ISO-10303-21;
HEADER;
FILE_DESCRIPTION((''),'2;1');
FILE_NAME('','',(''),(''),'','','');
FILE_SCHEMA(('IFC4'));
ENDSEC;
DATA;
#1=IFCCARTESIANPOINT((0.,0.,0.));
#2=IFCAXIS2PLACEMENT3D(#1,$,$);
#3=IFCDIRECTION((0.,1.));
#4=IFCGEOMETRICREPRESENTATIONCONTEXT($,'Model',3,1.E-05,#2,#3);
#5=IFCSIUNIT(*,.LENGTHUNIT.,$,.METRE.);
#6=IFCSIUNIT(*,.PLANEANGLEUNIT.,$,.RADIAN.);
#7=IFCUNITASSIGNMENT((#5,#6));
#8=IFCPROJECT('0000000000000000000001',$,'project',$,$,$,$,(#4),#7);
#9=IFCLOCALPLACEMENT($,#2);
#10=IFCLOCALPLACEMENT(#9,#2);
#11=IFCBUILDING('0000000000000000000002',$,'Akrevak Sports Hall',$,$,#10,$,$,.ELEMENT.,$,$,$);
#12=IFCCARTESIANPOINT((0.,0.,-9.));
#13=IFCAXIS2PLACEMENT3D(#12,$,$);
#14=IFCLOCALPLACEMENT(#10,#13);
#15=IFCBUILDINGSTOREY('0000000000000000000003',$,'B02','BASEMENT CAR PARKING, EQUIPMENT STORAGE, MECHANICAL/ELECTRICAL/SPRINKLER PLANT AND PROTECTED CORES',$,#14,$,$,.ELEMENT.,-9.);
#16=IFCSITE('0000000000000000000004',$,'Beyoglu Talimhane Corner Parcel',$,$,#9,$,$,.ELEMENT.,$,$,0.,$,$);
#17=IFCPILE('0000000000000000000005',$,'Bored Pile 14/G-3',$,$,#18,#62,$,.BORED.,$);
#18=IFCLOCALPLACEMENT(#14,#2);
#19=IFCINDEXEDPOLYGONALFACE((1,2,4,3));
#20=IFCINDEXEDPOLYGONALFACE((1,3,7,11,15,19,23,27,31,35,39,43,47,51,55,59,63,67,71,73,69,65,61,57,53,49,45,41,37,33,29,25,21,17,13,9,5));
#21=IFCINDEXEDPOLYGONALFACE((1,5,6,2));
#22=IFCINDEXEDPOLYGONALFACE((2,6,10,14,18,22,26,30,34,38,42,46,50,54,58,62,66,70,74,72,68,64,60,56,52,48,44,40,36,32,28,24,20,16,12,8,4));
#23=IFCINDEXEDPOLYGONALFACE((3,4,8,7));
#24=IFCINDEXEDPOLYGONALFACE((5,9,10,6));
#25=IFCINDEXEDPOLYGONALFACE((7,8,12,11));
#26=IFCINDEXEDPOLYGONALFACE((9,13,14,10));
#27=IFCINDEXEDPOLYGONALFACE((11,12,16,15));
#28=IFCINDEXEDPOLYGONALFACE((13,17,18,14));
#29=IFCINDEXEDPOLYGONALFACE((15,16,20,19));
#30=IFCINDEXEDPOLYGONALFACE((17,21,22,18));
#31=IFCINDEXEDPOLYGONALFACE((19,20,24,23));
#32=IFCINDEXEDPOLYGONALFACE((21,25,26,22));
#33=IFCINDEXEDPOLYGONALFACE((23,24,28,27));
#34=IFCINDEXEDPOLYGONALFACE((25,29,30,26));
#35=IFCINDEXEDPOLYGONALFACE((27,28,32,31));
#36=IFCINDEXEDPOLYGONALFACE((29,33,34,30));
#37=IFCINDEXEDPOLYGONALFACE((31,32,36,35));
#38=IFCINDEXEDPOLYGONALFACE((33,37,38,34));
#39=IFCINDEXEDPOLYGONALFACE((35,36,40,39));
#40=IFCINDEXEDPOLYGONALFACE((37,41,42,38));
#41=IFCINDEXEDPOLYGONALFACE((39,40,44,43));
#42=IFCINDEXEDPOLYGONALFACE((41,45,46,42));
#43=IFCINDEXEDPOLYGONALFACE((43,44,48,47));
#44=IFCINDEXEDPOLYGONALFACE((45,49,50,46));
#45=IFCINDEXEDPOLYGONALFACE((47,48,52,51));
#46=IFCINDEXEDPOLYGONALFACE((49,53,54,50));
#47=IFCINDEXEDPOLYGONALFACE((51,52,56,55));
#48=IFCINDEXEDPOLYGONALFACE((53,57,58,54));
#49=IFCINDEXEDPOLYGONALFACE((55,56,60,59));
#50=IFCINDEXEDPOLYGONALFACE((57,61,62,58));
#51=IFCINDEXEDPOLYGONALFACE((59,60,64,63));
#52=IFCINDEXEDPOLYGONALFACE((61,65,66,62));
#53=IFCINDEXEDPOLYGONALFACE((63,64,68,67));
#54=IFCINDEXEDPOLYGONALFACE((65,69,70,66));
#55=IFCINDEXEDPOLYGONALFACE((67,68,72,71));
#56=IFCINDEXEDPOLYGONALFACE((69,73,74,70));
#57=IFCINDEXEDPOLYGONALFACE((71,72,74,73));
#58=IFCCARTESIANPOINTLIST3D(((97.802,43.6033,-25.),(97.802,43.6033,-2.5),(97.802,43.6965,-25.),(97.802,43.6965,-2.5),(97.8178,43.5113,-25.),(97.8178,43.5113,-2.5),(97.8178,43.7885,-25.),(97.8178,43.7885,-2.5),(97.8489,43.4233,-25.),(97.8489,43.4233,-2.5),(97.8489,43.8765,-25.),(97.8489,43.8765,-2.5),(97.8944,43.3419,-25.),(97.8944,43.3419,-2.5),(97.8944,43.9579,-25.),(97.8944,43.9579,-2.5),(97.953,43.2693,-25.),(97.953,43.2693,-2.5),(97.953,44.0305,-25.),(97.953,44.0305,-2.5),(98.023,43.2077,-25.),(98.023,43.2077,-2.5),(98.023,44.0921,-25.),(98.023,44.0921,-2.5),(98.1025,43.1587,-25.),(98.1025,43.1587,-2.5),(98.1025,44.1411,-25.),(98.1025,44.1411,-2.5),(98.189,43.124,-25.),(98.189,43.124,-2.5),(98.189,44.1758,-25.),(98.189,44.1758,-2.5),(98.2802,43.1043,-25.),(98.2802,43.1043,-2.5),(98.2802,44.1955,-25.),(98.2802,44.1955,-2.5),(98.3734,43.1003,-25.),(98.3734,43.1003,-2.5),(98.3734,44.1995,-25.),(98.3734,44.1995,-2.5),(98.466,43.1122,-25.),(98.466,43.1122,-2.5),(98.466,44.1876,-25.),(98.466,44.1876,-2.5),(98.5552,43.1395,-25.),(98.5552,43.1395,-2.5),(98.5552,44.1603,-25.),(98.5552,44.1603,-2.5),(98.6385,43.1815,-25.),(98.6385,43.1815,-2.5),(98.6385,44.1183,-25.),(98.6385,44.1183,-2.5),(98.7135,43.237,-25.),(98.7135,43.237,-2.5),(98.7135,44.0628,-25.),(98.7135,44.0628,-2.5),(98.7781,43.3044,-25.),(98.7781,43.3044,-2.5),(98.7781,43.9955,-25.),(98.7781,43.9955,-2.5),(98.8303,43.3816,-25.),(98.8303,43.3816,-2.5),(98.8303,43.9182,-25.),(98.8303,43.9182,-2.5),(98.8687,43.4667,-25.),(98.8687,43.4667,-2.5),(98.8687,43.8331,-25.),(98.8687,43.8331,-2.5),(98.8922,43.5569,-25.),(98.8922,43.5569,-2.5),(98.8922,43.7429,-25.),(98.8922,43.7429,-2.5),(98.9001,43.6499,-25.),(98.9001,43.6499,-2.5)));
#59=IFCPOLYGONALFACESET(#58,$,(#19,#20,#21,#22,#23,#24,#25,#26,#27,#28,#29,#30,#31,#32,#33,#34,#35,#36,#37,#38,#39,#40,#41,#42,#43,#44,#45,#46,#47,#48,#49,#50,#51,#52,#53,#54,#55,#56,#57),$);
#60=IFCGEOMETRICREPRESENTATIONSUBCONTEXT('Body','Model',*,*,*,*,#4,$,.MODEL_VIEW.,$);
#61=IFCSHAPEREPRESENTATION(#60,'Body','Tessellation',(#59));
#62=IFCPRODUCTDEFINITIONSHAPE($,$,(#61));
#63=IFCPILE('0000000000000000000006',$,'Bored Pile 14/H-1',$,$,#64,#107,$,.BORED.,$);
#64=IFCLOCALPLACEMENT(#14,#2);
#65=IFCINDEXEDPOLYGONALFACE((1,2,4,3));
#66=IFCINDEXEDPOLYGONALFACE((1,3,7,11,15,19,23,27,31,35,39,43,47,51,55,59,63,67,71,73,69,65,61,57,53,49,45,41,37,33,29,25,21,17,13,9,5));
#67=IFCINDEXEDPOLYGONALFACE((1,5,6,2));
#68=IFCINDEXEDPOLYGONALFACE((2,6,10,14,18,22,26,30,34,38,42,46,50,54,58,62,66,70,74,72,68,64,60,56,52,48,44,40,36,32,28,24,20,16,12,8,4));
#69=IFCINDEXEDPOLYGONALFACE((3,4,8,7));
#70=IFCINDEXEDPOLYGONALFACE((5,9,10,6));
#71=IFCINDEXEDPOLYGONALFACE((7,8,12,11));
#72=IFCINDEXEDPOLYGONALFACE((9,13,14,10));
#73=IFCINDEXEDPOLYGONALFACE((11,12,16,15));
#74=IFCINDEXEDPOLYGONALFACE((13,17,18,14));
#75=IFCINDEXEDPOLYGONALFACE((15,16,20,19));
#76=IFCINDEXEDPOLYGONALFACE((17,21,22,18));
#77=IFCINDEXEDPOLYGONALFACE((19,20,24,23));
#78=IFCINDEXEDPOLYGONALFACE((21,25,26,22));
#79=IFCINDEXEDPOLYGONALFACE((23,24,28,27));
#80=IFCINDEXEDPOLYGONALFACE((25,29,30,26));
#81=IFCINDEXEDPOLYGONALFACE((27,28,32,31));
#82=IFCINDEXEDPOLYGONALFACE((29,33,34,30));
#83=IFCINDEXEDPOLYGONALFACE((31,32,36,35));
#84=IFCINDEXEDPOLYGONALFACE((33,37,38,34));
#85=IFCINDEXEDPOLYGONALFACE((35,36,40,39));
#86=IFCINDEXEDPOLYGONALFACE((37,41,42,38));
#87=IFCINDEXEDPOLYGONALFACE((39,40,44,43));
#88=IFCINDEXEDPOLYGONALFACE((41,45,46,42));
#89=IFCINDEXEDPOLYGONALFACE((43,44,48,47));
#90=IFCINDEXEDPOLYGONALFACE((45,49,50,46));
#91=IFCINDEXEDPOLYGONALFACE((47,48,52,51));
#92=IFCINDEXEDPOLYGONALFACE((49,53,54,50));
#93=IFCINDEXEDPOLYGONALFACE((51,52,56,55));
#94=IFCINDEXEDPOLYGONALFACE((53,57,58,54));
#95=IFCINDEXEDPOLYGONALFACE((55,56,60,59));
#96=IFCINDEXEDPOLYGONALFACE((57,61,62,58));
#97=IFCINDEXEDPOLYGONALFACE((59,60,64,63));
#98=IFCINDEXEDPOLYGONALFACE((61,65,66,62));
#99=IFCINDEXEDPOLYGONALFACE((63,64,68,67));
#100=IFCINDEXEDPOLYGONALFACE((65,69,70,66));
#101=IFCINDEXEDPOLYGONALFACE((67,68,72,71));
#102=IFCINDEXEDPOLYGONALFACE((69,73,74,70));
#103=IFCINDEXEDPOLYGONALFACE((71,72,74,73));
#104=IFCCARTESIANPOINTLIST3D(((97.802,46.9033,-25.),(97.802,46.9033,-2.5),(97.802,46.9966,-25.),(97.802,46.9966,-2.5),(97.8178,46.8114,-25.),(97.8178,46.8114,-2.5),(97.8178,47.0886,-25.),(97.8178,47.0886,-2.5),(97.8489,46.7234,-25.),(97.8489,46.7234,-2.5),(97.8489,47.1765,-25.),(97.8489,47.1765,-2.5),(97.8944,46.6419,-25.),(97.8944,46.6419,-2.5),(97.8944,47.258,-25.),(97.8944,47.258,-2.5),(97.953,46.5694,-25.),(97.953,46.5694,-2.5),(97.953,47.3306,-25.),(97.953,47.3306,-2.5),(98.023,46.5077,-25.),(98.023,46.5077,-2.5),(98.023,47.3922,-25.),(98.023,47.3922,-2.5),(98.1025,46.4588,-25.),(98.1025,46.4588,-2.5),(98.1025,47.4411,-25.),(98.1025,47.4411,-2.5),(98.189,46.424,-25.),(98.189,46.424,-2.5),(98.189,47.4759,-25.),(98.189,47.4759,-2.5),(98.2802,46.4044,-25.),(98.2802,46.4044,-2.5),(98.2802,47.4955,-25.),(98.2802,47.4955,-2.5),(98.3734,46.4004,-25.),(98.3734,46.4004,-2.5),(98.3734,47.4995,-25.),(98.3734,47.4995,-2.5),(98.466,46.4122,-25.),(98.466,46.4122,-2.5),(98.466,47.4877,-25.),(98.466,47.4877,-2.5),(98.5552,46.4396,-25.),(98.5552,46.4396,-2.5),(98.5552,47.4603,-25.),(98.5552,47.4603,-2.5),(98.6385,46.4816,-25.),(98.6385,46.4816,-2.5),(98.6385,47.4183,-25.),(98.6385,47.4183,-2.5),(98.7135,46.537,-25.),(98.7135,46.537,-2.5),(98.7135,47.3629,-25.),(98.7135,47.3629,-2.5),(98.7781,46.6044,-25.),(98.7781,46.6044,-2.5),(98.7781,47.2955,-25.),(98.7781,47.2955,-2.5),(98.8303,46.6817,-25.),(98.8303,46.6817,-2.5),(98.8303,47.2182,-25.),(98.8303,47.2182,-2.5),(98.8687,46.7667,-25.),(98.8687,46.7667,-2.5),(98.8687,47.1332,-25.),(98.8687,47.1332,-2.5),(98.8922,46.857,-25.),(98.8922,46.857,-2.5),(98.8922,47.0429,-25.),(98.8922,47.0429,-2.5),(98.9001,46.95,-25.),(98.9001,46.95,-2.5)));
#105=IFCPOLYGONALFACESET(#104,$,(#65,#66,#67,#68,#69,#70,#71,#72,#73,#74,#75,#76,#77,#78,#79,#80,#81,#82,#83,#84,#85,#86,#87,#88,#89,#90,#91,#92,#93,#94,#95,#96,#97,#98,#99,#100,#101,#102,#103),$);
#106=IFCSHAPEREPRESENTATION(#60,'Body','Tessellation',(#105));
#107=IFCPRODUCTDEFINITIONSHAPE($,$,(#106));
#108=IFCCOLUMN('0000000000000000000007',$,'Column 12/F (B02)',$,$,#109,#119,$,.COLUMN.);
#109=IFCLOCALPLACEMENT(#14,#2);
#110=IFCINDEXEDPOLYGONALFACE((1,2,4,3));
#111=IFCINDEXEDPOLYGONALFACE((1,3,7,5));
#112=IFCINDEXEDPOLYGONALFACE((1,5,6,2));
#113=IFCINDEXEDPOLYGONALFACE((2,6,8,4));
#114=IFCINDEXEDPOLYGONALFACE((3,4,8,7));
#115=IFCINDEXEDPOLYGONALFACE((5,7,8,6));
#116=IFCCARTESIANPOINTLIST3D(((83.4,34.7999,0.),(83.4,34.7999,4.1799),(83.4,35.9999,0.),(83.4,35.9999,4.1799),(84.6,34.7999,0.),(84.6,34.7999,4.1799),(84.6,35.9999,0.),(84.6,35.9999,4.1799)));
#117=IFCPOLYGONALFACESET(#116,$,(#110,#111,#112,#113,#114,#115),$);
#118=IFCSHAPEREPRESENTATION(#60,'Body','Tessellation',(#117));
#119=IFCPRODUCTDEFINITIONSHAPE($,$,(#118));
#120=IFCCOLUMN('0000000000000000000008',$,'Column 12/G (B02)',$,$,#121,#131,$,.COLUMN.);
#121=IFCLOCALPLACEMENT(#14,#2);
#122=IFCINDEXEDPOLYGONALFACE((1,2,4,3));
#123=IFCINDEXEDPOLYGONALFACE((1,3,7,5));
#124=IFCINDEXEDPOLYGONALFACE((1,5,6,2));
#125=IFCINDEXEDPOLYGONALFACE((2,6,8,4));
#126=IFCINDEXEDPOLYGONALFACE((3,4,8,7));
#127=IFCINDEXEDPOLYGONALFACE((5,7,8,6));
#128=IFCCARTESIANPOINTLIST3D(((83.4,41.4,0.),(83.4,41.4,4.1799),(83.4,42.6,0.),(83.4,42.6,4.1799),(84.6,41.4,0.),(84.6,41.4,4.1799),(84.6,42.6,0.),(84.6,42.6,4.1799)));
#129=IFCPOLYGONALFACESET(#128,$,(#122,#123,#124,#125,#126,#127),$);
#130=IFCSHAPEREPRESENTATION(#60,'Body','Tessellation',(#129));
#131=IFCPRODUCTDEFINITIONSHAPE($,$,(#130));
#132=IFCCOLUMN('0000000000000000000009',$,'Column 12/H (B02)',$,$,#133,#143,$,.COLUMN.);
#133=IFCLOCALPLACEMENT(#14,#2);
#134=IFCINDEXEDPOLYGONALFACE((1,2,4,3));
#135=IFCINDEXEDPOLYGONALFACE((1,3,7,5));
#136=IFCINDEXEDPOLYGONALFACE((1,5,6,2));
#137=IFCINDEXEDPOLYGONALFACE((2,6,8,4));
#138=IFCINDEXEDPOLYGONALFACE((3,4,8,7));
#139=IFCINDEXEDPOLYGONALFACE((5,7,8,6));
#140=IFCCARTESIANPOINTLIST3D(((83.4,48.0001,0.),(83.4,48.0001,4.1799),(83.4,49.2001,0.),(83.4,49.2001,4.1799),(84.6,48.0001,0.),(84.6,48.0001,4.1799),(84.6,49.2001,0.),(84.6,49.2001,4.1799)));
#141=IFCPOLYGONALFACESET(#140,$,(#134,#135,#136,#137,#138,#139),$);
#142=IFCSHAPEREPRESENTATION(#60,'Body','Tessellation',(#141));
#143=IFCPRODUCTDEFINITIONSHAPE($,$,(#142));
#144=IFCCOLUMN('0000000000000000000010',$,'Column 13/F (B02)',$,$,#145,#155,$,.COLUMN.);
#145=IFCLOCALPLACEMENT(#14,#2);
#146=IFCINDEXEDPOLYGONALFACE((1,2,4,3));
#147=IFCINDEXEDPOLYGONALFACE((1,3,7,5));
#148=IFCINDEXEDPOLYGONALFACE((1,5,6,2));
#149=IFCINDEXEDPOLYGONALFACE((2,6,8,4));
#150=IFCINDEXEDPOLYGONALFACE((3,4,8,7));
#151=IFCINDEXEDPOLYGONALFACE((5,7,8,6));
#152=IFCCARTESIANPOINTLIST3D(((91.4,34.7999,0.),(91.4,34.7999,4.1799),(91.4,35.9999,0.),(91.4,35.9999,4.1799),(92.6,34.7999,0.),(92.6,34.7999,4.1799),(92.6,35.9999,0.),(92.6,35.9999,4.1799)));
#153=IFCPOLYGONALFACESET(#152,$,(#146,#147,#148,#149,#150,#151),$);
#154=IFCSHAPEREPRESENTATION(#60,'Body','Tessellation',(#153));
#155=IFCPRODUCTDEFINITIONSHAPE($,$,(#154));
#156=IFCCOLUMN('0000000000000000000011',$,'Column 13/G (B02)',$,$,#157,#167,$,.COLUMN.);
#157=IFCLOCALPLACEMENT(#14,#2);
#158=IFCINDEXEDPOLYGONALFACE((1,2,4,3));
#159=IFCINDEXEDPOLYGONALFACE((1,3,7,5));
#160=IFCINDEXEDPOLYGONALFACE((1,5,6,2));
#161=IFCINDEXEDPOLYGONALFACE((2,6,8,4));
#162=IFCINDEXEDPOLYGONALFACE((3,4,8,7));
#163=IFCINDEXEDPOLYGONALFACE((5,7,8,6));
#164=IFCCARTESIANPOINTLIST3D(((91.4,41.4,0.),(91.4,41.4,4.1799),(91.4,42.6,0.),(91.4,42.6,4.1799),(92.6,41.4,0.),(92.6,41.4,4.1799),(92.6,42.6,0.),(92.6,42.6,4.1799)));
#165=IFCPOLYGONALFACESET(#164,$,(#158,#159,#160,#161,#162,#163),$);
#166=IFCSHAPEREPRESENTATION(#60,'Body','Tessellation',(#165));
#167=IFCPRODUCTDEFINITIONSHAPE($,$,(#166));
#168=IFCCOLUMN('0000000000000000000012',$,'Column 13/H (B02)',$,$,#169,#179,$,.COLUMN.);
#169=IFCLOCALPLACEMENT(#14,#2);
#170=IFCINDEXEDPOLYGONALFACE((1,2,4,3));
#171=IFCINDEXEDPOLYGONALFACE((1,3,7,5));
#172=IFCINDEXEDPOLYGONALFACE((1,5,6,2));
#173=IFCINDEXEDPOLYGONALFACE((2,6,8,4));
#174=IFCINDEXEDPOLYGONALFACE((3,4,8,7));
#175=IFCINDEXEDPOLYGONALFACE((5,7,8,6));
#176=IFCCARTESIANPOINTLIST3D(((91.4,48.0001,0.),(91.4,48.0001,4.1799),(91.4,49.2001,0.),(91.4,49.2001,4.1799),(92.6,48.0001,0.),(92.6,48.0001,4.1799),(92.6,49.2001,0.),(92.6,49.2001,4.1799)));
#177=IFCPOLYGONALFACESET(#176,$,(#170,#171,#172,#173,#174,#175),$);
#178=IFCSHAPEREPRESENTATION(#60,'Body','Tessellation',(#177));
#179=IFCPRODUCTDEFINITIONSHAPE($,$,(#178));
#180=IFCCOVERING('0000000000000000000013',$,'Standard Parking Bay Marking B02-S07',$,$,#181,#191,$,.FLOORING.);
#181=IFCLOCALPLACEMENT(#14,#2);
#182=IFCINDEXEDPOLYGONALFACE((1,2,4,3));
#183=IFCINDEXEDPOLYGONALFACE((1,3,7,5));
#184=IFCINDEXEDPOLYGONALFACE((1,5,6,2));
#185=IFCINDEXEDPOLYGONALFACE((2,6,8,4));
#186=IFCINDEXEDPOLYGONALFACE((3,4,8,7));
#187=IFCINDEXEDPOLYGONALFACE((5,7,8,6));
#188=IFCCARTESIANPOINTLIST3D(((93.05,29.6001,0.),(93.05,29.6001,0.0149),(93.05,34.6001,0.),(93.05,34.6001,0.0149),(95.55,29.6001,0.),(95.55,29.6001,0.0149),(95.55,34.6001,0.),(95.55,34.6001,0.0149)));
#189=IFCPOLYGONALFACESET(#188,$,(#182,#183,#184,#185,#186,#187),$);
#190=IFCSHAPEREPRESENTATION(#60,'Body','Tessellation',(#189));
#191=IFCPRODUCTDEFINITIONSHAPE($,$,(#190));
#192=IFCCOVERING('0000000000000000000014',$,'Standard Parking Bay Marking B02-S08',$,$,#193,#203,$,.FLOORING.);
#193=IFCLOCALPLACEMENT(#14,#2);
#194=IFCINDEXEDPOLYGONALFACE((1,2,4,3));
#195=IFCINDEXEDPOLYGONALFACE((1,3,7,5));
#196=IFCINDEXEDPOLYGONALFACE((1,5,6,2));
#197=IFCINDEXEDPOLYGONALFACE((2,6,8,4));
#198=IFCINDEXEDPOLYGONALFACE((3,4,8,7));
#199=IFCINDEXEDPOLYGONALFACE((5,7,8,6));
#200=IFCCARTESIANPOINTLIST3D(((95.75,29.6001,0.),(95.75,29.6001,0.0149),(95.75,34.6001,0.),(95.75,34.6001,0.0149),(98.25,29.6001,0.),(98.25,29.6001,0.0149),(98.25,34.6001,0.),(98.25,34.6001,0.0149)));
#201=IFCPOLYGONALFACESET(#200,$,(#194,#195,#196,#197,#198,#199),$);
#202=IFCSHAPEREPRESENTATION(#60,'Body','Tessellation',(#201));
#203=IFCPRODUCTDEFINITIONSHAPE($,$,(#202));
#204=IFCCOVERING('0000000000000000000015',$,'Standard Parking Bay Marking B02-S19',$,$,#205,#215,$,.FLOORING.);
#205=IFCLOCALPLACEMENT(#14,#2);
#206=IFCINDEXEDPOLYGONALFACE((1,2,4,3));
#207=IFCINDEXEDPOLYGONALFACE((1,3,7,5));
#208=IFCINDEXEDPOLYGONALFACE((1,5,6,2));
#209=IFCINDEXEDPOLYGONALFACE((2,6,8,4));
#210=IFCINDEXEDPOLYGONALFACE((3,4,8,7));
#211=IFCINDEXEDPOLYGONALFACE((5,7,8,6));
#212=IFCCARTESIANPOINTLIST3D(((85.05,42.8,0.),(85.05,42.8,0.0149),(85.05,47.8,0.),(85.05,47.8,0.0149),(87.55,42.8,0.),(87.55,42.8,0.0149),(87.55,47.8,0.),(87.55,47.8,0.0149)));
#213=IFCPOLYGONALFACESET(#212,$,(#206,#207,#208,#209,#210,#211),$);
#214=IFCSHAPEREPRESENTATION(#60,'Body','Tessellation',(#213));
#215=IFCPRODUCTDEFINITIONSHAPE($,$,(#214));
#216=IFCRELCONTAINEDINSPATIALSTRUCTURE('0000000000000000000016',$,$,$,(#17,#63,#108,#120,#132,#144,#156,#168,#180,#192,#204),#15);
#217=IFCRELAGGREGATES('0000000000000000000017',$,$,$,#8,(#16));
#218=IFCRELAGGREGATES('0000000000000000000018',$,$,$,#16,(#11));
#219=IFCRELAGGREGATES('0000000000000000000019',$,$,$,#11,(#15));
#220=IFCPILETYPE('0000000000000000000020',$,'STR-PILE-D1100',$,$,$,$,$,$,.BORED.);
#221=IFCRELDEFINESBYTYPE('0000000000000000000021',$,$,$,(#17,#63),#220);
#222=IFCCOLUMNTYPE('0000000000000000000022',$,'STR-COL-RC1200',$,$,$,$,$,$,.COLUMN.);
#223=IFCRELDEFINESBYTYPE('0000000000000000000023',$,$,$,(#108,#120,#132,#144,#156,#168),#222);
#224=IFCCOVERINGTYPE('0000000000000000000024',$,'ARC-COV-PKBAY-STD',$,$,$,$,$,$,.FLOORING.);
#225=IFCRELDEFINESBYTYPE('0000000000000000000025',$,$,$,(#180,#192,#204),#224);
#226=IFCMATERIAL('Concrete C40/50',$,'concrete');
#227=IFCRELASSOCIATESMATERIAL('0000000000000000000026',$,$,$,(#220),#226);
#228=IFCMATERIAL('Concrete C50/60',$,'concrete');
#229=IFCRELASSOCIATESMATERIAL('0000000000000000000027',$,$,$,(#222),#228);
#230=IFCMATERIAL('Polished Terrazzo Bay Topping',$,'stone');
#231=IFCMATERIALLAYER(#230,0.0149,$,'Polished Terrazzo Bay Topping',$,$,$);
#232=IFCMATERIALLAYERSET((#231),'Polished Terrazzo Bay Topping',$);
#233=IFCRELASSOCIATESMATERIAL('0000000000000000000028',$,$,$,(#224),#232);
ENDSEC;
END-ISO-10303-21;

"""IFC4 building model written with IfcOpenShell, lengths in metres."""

from ifc_helpers import new_model, si_unit, direction, frame, origin, origin_2d, place, context, subcontext, project, spatial, rectangle, circle, extrude, material, layer, layer_set, material_profile, profile_set, type_object, element, save


model = new_model("IFC4")

# Units and contexts
model_context = context("Model", 3, precision=1e-05, world=origin(), true_north=direction((0.0, 1.0)))
body_context = subcontext(model_context, "Body", "Model", "MODEL_VIEW")
ifc_project = project(units=[si_unit("LENGTHUNIT", "METRE"), si_unit("PLANEANGLEUNIT", "RADIAN")], contexts=[model_context])

# Site, building, storey
site_placement = place(None, origin())
site = spatial("IfcSite", under=ifc_project, at=site_placement, Name="Beyoglu Talimhane Corner Parcel", CompositionType="ELEMENT", RefElevation=0.0)
building_placement = place(site_placement, origin())
building = spatial("IfcBuilding", under=site, at=building_placement, Name="Akrevak Sports Hall", CompositionType="ELEMENT")
storey_placement = place(building_placement, frame((0.0, 0.0, -9.0)))
storey = spatial("IfcBuildingStorey", under=building, at=storey_placement, Name="B02", Description="BASEMENT CAR PARKING, EQUIPMENT STORAGE, MECHANICAL/ELECTRICAL/SPRINKLER PLANT AND PROTECTED CORES", CompositionType="ELEMENT", Elevation=-9.0)

# Shared definitions
ifc_material_1 = material(Name="Concrete C40/50", Category="concrete")

# Piles
ifc_material_profile_1 = material_profile(ifc_material_1, circle(Radius=0.55, at=origin_2d()), Name="BORED PILE D1100", Category="concrete")
ifc_profile_set_1 = profile_set([ifc_material_profile_1], Name="Concrete C40/50")
pile_type = type_object("IfcPileType", Name="STR-PILE-D1100", PredefinedType="BORED", material=ifc_profile_set_1)
for number, where, z_axis, x_axis, name in (
    (1, (98.3501, 43.6499, -2.5), (0.0, 0.0, -1.0), (1.0, 0.0, 0.0), "Bored Pile 14/G-3"),
    (2, (98.3501, 46.95, -2.5), (0.0, 0.0, -1.0), (1.0, 0.0, 0.0), "Bored Pile 14/H-1"),
):
    element("IfcPile", number, at=place(storey_placement, frame(where, z_axis=z_axis, x_axis=x_axis)), inside=storey, type_object=pile_type, Name=name, PredefinedType="BORED", context=body_context, shape_type="SweptSolid", body=[
        extrude(circle(Radius=0.55, at=origin_2d()), origin(), (0.0, 0.0, 1.0), 22.5),
    ])

# Columns
ifc_material_2 = material(Name="Concrete C50/60", Category="concrete")
ifc_material_profile_2 = material_profile(ifc_material_2, rectangle(XDim=1.2, YDim=1.2, at=origin_2d()), Name="RC 1200x1200", Category="concrete")
ifc_profile_set_2 = profile_set([ifc_material_profile_2], Name="Concrete C50/60")
column_type = type_object("IfcColumnType", Name="STR-COL-RC1200", PredefinedType="COLUMN", material=ifc_profile_set_2)
for number, where, z_axis, x_axis, name in (
    (3, (84.0, 35.3999, 0.0), (0.0, 0.0, 1.0), (1.0, 0.0, 0.0), "Column 12/F (B02)"),
    (4, (84.0, 42.0, 0.0), (0.0, 0.0, 1.0), (1.0, 0.0, 0.0), "Column 12/G (B02)"),
    (5, (84.0, 48.6001, 0.0), (0.0, 0.0, 1.0), (1.0, 0.0, 0.0), "Column 12/H (B02)"),
    (6, (92.0, 35.3999, 0.0), (0.0, 0.0, 1.0), (1.0, 0.0, 0.0), "Column 13/F (B02)"),
    (7, (92.0, 42.0, 0.0), (0.0, 0.0, 1.0), (1.0, 0.0, 0.0), "Column 13/G (B02)"),
    (8, (92.0, 48.6001, 0.0), (0.0, 0.0, 1.0), (1.0, 0.0, 0.0), "Column 13/H (B02)"),
):
    element("IfcColumn", number, at=place(storey_placement, frame(where, z_axis=z_axis, x_axis=x_axis)), inside=storey, type_object=column_type, Name=name, PredefinedType="COLUMN", context=body_context, shape_type="SweptSolid", body=[
        extrude(rectangle(XDim=1.2, YDim=1.2, at=origin_2d()), origin(), (0.0, 0.0, 1.0), 4.1799),
    ])

# Coverings
ifc_material_3 = material(Name="Polished Terrazzo Bay Topping", Category="stone")
ifc_layer = layer(ifc_material_3, 0.0149, Name="Polished Terrazzo Bay Topping")
ifc_layer_set = layer_set([ifc_layer], Name="Polished Terrazzo Bay Topping")
covering_type = type_object("IfcCoveringType", Name="ARC-COV-PKBAY-STD", PredefinedType="FLOORING", material=ifc_layer_set)
for number, where, z_axis, x_axis, name in (
    (9, (94.3, 32.1001, 0.0), (0.0, 0.0, 1.0), (1.0, 0.0, 0.0), "Standard Parking Bay Marking B02-S07"),
    (10, (97.0, 32.1001, 0.0), (0.0, 0.0, 1.0), (1.0, 0.0, 0.0), "Standard Parking Bay Marking B02-S08"),
    (11, (86.3, 45.3, 0.0), (0.0, 0.0, 1.0), (1.0, 0.0, 0.0), "Standard Parking Bay Marking B02-S19"),
):
    element("IfcCovering", number, at=place(storey_placement, frame(where, z_axis=z_axis, x_axis=x_axis)), inside=storey, type_object=covering_type, Name=name, PredefinedType="FLOORING", context=body_context, shape_type="SweptSolid", body=[
        extrude(rectangle(XDim=2.5, YDim=5.0, at=origin_2d()), origin(), (0.0, 0.0, 1.0), 0.0149),
    ])

save(model, "model.ifc")
